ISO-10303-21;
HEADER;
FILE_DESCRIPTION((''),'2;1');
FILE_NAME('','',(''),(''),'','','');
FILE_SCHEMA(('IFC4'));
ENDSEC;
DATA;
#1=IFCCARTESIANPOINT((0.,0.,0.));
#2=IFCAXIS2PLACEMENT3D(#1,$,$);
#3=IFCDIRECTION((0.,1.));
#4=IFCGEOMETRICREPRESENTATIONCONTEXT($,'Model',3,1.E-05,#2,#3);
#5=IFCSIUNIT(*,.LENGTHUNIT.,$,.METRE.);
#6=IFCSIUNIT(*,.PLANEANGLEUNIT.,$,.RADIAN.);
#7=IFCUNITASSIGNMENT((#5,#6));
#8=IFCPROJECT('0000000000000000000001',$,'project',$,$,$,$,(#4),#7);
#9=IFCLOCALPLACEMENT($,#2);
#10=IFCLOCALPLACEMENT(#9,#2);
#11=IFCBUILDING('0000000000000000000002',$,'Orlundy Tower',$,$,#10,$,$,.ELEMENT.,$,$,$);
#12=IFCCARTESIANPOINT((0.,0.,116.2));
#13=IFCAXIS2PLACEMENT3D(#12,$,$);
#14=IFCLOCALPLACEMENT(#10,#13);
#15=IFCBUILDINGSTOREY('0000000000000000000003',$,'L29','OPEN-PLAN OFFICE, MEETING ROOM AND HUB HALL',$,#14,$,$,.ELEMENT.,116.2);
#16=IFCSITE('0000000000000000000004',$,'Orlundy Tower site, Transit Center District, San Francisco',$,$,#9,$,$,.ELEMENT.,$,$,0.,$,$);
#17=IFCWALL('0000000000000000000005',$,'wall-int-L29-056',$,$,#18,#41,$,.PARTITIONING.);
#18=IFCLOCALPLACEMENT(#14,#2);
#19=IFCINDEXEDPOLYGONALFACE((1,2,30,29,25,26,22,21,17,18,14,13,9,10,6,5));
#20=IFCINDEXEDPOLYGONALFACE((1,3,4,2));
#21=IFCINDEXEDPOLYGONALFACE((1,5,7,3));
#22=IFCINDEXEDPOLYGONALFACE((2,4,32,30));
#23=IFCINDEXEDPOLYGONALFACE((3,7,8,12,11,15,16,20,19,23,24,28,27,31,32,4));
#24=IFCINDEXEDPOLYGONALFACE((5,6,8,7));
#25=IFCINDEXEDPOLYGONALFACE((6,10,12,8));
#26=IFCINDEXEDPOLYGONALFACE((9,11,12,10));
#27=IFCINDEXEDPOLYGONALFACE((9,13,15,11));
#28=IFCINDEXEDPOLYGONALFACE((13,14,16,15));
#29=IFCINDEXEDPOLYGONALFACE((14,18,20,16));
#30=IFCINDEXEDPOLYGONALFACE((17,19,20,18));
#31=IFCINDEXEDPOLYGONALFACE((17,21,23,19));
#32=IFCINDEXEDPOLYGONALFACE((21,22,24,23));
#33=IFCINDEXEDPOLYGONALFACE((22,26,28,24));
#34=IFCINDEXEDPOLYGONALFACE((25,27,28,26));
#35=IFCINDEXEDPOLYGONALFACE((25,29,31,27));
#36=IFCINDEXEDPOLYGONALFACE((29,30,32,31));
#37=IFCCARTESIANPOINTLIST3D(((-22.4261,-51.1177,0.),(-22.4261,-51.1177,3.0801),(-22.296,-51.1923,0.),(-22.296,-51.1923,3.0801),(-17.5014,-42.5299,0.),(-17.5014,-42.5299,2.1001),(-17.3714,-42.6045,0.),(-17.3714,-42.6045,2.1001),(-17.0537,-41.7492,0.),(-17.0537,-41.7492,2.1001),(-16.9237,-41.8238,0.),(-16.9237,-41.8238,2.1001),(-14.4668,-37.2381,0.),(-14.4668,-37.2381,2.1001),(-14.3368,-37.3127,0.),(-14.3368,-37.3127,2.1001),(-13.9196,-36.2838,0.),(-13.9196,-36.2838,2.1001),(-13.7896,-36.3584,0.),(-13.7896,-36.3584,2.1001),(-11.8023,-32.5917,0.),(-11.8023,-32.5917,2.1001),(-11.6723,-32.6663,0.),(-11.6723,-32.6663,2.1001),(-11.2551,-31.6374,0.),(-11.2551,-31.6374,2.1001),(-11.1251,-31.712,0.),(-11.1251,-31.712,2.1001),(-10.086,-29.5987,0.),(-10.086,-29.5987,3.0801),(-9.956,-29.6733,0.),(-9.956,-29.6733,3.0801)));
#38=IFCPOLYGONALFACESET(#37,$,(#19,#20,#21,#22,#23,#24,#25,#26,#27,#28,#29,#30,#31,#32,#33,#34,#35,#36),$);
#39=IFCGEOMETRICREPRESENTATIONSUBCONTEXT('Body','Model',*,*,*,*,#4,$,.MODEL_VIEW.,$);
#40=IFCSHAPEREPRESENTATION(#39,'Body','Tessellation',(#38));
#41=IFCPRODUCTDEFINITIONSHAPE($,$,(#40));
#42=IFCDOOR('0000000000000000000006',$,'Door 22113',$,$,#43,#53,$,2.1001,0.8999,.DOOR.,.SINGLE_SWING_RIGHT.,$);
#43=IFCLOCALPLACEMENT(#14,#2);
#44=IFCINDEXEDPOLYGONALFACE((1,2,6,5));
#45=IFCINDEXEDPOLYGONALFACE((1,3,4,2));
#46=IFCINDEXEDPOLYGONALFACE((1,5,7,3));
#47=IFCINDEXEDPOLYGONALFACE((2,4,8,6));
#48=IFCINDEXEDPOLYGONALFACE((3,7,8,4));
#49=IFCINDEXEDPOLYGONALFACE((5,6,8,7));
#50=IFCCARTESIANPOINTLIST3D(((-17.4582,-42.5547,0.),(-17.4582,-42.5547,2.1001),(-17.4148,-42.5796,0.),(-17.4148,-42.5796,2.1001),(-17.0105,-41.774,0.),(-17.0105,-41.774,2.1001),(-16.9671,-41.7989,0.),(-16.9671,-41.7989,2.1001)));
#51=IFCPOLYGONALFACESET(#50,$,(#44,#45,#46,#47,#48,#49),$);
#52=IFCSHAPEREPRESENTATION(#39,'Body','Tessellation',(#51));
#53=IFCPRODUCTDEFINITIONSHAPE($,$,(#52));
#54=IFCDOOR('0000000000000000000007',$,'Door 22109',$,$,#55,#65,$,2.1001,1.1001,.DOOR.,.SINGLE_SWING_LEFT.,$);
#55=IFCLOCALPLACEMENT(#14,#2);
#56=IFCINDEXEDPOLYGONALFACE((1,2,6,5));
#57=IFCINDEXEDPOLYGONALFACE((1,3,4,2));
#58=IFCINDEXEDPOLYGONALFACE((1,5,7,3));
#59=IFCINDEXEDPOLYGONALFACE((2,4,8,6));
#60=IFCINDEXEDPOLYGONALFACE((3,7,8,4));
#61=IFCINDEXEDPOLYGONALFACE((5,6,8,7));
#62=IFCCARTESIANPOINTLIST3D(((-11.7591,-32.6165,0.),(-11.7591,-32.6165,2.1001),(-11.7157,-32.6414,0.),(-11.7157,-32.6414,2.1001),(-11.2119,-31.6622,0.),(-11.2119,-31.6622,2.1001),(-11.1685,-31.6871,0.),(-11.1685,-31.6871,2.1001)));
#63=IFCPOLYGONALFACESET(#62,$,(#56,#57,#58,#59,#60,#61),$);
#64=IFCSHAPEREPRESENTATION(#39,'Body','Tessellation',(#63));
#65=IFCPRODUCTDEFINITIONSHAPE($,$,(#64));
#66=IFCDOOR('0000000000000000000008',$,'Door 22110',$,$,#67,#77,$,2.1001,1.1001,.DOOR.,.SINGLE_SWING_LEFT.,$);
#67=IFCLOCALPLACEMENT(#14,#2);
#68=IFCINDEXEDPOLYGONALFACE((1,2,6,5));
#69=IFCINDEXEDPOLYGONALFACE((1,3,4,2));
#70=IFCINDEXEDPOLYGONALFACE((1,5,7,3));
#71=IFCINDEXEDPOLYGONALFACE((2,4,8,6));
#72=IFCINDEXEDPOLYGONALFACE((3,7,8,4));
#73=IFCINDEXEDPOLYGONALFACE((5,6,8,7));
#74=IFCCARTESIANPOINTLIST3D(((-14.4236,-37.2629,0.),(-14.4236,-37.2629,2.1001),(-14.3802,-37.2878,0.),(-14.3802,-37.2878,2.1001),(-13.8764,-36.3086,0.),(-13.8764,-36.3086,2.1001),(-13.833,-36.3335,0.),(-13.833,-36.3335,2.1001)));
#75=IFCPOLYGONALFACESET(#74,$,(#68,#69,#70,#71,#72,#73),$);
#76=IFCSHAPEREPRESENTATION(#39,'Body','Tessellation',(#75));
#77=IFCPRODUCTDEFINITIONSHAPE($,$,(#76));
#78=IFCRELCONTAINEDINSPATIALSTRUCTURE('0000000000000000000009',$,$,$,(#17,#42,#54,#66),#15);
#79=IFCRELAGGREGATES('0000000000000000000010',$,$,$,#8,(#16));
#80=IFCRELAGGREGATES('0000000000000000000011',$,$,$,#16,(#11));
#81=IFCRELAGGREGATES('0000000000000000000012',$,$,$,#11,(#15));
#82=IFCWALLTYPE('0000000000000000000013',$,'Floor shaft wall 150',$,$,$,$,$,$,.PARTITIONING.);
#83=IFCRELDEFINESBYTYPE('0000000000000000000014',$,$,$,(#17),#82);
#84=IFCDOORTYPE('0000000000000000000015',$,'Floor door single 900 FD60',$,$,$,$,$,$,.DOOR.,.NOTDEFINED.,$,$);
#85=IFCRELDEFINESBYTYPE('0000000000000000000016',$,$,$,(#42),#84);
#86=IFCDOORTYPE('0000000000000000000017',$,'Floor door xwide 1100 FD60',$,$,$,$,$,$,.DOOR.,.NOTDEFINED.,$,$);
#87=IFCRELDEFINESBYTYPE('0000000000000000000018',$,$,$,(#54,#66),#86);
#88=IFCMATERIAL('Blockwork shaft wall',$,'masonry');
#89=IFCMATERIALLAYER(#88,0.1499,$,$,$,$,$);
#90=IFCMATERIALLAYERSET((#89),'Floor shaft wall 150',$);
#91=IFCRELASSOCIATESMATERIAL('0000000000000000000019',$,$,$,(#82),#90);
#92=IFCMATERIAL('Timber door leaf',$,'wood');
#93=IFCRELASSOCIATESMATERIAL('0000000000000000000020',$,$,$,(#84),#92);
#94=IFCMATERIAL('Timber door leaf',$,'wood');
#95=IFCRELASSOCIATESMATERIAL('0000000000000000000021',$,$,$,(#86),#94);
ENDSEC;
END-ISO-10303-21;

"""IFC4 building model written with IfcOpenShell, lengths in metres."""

from ifc_helpers import new_model, si_unit, direction, frame, frame_2d, origin, place, context, subcontext, project, spatial, rectangle, extrude, material, layer, layer_set, type_object, element, fill, save


model = new_model("IFC4")

# Units and contexts
model_context = context("Model", 3, precision=1e-05, world=origin(), true_north=direction((0.0, 1.0)))
body_context = subcontext(model_context, "Body", "Model", "MODEL_VIEW")
ifc_project = project(units=[si_unit("LENGTHUNIT", "METRE"), si_unit("PLANEANGLEUNIT", "RADIAN")], contexts=[model_context])

# Site, building, storey
site_placement = place(None, origin())
site = spatial("IfcSite", under=ifc_project, at=site_placement, Name="Orlundy Tower site, Transit Center District, San Francisco", CompositionType="ELEMENT", RefElevation=0.0)
building_placement = place(site_placement, origin())
building = spatial("IfcBuilding", under=site, at=building_placement, Name="Orlundy Tower", CompositionType="ELEMENT")
storey_placement = place(building_placement, frame((0.0, 0.0, 116.2)))
storey = spatial("IfcBuildingStorey", under=building, at=storey_placement, Name="L29", Description="OPEN-PLAN OFFICE, MEETING ROOM AND HUB HALL", CompositionType="ELEMENT", Elevation=116.2)

# Shared definitions
ifc_material_1 = material(Name="Blockwork shaft wall", Category="masonry")
ifc_layer_1 = layer(ifc_material_1, 0.1499)
ifc_layer_set_1 = layer_set([ifc_layer_1], Name="Floor shaft wall 150")
wall_type_1 = type_object("IfcWallType", Name="Floor shaft wall 150", PredefinedType="PARTITIONING", material=ifc_layer_set_1)

# Wall, openings, doors
wall_1_placement = place(storey_placement, frame((-10.021, -29.636, 0.0), z_axis=(0.0, 0.0, 1.0), x_axis=(-0.49746, -0.867487, 0.0)))
wall_1 = element("IfcWall", 1, at=wall_1_placement, inside=storey, type_object=wall_type_1, Name="wall-int-L29-056", PredefinedType="PARTITIONING", context=body_context, shape_type="SweptSolid", body=[
    extrude(rectangle(XDim=24.8062, YDim=0.1499, at=frame_2d((12.4031, 0.0))), origin(), (0.0, 0.0, 1.0), 3.0801),
])
opening_1_placement = place(wall_1_placement, frame((2.3501, 0.0, 0.0)))
opening_1 = element("IfcOpeningElement", 2, at=opening_1_placement, cuts=wall_1, PredefinedType="OPENING", context=body_context, shape_type="SweptSolid", body=[
    extrude(rectangle(XDim=1.1001, YDim=2.1001, at=frame_2d((0.55, 1.05))), frame((0.0, 0.085, 0.0), z_axis=(0.0, -1.0, 0.0), x_axis=(1.0, 0.0, 0.0)), (0.0, 0.0, 1.0), 0.1699),
])
opening_2_placement = place(wall_1_placement, frame((7.7063, 0.0, 0.0)))
opening_2 = element("IfcOpeningElement", 3, at=opening_2_placement, cuts=wall_1, PredefinedType="OPENING", context=body_context, shape_type="SweptSolid", body=[
    extrude(rectangle(XDim=1.1001, YDim=2.1001, at=frame_2d((0.55, 1.05))), frame((0.0, 0.085, 0.0), z_axis=(0.0, -1.0, 0.0), x_axis=(1.0, 0.0, 0.0)), (0.0, 0.0, 1.0), 0.1699),
])
opening_3_placement = place(wall_1_placement, frame((14.0066, 0.0, 0.0)))
opening_3 = element("IfcOpeningElement", 4, at=opening_3_placement, cuts=wall_1, PredefinedType="OPENING", context=body_context, shape_type="SweptSolid", body=[
    extrude(rectangle(XDim=0.8999, YDim=2.1001, at=frame_2d((0.45, 1.05))), frame((0.0, 0.085, 0.0), z_axis=(0.0, -1.0, 0.0), x_axis=(1.0, 0.0, 0.0)), (0.0, 0.0, 1.0), 0.1699),
])
ifc_material_2 = material(Name="Timber door leaf", Category="wood")
door_type_1 = type_object("IfcDoorType", Name="Floor door single 900 FD60", OperationType="NOTDEFINED", PredefinedType="DOOR", material=ifc_material_2)
door_1_placement = place(opening_3_placement, origin())
door_1 = element("IfcDoor", 5, at=door_1_placement, inside=storey, type_object=door_type_1, Name="Door 22113", OperationType="SINGLE_SWING_RIGHT", OverallHeight=2.1001, OverallWidth=0.8999, PredefinedType="DOOR", context=body_context, shape_type="SweptSolid", body=[
    extrude(rectangle(XDim=0.8999, YDim=2.1001, at=frame_2d((0.45, 1.05))), frame((0.0, 0.0249, 0.0), z_axis=(0.0, -1.0, 0.0), x_axis=(1.0, 0.0, 0.0)), (0.0, 0.0, 1.0), 0.05),
])
fill(opening_3, door_1)
ifc_material_3 = material(Name="Timber door leaf", Category="wood")
door_type_2 = type_object("IfcDoorType", Name="Floor door xwide 1100 FD60", OperationType="NOTDEFINED", PredefinedType="DOOR", material=ifc_material_3)
door_2_placement = place(opening_1_placement, origin())
door_2 = element("IfcDoor", 6, at=door_2_placement, inside=storey, type_object=door_type_2, Name="Door 22109", OperationType="SINGLE_SWING_LEFT", OverallHeight=2.1001, OverallWidth=1.1001, PredefinedType="DOOR", context=body_context, shape_type="SweptSolid", body=[
    extrude(rectangle(XDim=1.1001, YDim=2.1001, at=frame_2d((0.55, 1.05))), frame((0.0, 0.0249, 0.0), z_axis=(0.0, -1.0, 0.0), x_axis=(1.0, 0.0, 0.0)), (0.0, 0.0, 1.0), 0.05),
])
fill(opening_1, door_2)
door_3_placement = place(opening_2_placement, origin())
door_3 = element("IfcDoor", 7, at=door_3_placement, inside=storey, type_object=door_type_2, Name="Door 22110", OperationType="SINGLE_SWING_LEFT", OverallHeight=2.1001, OverallWidth=1.1001, PredefinedType="DOOR", context=body_context, shape_type="SweptSolid", body=[
    extrude(rectangle(XDim=1.1001, YDim=2.1001, at=frame_2d((0.55, 1.05))), frame((0.0, 0.0249, 0.0), z_axis=(0.0, -1.0, 0.0), x_axis=(1.0, 0.0, 0.0)), (0.0, 0.0, 1.0), 0.05),
])
fill(opening_2, door_3)

save(model, "model.ifc")
